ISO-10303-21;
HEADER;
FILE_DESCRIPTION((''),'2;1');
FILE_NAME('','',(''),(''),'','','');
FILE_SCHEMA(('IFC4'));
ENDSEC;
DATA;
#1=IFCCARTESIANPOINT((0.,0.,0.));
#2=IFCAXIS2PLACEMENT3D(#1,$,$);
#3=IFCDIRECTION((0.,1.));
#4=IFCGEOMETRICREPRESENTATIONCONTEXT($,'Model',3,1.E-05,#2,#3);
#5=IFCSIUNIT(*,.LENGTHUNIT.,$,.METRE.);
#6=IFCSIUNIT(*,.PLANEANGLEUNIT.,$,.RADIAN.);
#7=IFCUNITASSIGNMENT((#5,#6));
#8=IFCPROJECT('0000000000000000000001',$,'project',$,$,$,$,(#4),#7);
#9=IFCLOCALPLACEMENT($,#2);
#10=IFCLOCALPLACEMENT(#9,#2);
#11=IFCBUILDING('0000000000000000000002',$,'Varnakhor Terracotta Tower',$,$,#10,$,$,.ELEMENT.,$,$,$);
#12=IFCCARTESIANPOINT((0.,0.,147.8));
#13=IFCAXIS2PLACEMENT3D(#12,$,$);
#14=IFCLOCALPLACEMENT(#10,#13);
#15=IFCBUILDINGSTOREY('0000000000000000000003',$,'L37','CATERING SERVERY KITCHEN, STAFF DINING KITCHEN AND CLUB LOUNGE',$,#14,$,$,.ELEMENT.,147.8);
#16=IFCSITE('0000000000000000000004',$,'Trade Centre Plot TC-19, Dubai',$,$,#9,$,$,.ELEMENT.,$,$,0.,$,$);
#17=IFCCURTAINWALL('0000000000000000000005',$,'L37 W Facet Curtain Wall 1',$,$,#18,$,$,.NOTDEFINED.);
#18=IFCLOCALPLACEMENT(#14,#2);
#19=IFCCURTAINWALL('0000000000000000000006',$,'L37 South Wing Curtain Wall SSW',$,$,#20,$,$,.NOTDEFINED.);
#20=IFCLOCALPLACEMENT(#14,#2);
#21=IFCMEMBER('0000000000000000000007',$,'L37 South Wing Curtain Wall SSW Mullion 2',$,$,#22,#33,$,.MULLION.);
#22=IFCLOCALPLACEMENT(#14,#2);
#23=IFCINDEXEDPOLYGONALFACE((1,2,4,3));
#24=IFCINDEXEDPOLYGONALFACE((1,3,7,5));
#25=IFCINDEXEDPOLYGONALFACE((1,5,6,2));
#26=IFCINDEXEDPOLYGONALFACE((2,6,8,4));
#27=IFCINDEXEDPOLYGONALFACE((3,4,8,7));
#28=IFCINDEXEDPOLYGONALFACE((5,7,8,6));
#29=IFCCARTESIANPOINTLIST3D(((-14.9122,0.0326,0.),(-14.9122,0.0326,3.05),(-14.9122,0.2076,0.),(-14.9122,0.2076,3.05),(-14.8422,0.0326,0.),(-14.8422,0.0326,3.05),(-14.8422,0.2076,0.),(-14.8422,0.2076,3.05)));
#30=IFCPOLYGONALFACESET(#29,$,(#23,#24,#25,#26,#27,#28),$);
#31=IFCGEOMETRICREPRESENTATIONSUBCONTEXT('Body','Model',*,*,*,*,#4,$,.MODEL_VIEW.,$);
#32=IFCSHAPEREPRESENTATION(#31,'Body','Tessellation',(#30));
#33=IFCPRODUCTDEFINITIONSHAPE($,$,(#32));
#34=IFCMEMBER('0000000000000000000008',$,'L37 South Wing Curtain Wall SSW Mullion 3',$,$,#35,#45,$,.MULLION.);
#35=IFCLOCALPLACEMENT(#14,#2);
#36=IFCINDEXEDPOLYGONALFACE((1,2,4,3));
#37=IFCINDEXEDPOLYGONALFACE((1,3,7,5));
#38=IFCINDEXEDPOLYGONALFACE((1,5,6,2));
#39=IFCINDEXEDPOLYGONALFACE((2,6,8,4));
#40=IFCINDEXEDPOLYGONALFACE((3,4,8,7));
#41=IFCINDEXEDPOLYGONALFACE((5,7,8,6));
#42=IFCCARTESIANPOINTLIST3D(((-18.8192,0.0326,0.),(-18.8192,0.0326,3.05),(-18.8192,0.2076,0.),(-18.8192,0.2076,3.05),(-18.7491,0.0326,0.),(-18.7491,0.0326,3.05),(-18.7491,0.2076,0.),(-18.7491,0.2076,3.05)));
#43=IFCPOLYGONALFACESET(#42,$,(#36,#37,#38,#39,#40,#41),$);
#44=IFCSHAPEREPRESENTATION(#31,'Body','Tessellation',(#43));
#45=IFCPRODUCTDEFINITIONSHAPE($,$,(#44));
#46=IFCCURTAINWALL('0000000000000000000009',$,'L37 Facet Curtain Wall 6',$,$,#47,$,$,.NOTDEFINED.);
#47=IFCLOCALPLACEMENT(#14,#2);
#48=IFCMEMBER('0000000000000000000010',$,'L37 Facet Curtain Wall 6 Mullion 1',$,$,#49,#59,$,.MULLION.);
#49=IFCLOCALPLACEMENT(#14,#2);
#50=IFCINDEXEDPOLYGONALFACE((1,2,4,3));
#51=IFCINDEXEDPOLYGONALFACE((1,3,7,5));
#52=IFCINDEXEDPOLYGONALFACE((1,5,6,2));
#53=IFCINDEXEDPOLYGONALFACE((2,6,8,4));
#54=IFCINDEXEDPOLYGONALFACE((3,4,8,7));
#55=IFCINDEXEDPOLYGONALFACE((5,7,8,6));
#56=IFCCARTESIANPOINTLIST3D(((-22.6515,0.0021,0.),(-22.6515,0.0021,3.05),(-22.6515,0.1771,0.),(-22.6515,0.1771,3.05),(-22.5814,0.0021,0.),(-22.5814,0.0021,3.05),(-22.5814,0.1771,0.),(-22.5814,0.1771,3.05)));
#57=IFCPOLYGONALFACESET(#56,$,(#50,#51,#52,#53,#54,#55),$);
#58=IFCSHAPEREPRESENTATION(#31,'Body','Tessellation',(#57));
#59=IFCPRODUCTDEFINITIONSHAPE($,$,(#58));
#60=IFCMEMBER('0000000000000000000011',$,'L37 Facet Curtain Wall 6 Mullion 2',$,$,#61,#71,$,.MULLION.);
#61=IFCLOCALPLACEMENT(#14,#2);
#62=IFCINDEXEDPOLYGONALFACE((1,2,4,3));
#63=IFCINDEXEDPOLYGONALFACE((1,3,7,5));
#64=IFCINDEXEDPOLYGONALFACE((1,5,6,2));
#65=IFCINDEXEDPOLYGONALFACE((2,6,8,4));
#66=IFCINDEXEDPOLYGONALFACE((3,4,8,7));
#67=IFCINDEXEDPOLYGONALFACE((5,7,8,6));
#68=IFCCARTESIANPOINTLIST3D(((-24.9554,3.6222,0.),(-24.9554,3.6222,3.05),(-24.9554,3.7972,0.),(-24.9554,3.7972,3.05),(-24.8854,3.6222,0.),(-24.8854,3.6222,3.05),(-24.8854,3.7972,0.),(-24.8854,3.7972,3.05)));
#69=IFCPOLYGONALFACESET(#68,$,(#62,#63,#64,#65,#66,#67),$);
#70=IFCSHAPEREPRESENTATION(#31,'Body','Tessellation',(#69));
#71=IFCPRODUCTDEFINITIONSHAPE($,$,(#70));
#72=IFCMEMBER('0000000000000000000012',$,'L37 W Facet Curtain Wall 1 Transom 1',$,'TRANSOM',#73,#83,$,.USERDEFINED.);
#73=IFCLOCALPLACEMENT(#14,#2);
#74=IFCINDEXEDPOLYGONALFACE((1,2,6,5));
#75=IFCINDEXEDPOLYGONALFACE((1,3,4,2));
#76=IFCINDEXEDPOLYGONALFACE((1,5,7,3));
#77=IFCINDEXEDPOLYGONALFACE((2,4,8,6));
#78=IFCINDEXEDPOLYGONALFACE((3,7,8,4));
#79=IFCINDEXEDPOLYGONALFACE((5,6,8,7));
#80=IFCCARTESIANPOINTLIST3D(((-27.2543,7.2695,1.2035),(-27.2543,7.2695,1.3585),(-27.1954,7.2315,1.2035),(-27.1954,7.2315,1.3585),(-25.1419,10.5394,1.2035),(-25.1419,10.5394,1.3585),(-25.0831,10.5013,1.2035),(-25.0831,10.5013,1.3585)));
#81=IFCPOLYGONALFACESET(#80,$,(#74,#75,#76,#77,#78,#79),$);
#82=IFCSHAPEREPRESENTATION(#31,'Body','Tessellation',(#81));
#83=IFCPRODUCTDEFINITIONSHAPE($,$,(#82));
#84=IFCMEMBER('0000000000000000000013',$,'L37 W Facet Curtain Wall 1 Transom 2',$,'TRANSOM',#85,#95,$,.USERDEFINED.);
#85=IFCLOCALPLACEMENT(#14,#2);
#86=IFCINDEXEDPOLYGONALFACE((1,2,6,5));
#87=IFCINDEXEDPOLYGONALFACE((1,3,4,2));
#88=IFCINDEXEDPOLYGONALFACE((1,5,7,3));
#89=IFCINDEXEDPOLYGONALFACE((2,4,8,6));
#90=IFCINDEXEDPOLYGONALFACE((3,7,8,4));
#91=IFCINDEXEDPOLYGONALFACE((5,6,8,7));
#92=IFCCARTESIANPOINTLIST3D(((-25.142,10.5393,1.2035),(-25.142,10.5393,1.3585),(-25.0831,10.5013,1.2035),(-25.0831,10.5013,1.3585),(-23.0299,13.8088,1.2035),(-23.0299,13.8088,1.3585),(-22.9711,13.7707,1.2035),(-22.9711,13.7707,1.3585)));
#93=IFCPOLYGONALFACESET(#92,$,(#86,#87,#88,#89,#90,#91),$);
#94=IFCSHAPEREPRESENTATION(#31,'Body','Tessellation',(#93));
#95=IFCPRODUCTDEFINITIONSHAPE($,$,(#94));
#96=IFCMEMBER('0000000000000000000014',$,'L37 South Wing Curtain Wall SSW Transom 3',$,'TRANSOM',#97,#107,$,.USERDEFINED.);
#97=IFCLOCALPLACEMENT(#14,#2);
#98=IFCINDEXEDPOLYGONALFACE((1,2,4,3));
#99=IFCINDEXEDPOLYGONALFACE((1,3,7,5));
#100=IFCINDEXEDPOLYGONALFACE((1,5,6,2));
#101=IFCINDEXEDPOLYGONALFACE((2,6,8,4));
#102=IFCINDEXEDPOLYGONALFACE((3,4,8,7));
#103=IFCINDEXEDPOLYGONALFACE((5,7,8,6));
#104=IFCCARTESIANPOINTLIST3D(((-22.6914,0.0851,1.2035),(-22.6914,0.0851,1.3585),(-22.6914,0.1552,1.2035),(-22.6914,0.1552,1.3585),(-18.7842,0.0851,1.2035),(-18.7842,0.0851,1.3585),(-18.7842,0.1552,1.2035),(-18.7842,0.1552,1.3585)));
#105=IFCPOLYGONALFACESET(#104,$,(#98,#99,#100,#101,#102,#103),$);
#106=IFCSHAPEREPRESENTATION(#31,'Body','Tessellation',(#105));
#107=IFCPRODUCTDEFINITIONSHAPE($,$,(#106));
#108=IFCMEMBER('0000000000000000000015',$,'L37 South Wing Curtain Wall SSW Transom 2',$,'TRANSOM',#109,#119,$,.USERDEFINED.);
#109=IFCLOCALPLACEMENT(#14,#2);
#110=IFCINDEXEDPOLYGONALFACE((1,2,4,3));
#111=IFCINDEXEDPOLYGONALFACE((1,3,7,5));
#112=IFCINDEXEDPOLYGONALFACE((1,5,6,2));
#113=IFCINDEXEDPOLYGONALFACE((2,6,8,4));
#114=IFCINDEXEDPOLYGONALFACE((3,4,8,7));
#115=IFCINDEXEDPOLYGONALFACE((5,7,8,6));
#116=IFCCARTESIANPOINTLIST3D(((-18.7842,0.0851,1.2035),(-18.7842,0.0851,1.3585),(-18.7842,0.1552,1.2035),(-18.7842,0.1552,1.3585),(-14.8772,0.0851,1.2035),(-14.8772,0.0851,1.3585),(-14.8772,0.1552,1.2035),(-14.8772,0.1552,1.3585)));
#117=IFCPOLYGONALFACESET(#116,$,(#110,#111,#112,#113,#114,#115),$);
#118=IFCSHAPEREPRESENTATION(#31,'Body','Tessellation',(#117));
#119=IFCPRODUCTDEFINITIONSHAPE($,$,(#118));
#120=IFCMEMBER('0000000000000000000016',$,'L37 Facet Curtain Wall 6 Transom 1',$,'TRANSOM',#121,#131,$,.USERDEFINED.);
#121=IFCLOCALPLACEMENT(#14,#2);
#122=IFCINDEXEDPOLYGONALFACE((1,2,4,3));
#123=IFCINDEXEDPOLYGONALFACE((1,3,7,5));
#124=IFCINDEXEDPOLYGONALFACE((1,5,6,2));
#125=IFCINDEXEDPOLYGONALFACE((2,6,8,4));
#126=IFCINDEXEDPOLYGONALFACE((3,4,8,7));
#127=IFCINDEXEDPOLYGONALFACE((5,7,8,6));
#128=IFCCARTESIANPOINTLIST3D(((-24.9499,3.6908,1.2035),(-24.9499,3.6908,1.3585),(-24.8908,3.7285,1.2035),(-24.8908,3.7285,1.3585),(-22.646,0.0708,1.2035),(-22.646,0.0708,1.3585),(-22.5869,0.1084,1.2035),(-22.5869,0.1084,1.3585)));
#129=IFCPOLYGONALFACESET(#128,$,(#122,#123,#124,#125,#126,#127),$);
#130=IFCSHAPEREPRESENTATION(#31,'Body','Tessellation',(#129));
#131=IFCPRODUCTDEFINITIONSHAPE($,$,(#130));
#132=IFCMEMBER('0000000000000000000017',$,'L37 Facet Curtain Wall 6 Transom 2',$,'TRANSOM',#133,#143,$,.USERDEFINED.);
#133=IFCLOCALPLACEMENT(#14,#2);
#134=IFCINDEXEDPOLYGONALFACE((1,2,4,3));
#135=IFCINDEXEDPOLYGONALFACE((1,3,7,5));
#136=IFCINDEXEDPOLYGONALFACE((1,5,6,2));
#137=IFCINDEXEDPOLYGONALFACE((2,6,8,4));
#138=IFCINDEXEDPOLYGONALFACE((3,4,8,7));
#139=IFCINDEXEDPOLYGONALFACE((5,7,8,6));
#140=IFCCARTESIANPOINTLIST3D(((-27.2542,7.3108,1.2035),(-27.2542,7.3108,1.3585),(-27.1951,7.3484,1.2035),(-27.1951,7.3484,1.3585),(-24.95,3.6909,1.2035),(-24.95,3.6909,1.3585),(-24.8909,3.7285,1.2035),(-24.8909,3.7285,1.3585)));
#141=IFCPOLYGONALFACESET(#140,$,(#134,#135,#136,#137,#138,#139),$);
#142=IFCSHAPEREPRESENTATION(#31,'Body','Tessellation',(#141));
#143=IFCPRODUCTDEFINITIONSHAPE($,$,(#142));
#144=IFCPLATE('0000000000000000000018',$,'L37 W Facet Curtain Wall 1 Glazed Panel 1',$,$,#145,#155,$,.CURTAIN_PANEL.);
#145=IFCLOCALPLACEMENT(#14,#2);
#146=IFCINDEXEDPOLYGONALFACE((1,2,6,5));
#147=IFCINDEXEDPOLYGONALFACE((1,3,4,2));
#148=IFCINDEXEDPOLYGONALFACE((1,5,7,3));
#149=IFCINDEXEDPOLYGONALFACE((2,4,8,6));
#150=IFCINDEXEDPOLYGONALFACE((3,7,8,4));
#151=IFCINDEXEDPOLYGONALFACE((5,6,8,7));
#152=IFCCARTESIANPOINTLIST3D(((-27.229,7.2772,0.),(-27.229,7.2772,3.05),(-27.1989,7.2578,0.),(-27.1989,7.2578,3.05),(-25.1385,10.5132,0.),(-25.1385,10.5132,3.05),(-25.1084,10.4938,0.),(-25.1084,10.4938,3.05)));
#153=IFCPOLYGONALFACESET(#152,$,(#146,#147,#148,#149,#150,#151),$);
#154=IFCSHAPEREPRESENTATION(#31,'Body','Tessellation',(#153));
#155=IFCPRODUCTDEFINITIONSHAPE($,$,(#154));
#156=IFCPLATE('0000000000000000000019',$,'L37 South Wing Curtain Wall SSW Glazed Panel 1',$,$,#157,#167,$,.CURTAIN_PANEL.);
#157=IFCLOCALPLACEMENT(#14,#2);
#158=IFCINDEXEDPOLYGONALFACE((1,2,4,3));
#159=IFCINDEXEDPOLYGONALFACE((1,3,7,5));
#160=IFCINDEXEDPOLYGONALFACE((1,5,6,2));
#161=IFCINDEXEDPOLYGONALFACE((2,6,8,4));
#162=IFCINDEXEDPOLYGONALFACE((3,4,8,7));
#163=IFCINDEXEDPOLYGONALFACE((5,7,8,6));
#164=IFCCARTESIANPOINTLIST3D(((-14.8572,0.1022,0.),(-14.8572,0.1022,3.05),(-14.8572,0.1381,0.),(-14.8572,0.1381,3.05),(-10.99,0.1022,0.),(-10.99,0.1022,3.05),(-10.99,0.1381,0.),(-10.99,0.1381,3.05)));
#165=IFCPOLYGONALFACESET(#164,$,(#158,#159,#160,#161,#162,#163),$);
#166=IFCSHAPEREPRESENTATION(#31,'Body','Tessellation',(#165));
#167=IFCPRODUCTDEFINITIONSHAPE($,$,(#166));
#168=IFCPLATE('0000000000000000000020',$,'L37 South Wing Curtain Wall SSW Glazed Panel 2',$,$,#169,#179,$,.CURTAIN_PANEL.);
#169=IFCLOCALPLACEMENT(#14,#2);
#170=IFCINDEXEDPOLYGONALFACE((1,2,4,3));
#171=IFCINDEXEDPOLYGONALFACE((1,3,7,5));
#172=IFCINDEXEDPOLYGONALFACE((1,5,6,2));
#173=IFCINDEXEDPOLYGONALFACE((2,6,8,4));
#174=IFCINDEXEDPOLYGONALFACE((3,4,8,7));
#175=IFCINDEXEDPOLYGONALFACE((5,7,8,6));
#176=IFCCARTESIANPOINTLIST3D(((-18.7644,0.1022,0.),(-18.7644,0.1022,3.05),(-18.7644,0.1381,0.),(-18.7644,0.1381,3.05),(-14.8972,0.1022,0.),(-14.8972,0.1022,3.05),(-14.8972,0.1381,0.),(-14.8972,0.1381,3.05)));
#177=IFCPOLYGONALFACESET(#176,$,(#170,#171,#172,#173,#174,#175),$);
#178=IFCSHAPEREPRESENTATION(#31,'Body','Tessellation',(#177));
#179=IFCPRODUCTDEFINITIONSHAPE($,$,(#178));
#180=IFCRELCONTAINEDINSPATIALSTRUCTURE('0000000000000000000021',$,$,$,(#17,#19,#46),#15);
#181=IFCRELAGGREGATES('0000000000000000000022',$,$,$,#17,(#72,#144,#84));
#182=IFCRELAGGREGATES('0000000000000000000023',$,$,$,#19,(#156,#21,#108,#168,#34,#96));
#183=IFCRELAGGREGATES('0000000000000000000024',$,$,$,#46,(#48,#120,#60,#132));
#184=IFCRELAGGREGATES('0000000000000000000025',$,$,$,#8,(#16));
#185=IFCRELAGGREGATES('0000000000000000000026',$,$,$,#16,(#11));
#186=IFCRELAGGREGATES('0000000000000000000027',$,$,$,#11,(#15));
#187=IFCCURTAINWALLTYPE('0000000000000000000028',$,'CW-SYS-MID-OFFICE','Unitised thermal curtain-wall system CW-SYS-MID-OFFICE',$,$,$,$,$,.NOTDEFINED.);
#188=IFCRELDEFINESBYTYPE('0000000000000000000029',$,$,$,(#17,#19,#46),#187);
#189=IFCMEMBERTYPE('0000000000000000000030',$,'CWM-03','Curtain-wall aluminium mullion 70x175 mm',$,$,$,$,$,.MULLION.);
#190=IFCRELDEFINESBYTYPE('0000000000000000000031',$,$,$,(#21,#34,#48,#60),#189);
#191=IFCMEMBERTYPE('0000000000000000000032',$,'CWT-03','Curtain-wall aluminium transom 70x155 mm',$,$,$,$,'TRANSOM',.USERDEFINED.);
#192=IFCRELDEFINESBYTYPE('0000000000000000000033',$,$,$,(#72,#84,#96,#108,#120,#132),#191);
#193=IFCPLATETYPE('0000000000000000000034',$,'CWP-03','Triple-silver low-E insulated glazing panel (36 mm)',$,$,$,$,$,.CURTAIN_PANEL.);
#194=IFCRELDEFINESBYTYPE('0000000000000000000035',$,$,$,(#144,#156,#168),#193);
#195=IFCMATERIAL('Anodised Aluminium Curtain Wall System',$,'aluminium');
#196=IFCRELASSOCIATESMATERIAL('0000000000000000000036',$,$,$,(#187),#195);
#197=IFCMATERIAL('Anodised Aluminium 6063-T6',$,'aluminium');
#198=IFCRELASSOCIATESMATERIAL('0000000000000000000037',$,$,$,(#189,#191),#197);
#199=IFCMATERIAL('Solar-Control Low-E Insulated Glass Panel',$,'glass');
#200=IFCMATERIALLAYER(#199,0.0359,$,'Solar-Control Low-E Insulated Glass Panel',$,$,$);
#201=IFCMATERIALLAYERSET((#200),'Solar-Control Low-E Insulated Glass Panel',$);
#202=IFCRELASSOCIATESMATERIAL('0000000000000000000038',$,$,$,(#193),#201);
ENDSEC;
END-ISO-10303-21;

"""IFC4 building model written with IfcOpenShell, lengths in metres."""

from ifc_helpers import new_model, si_unit, direction, frame, origin, origin_2d, place, context, subcontext, project, spatial, rectangle, extrude, source, transform, mapped, material, layer, layer_set, material_profile, profile_set, type_object, element, aggregate, save


model = new_model("IFC4")

# Units and contexts
model_context = context("Model", 3, precision=1e-05, world=origin(), true_north=direction((0.0, 1.0)))
body_context = subcontext(model_context, "Body", "Model", "MODEL_VIEW")
ifc_project = project(units=[si_unit("LENGTHUNIT", "METRE"), si_unit("PLANEANGLEUNIT", "RADIAN")], contexts=[model_context])

# Site, building, storey
site_placement = place(None, origin())
site = spatial("IfcSite", under=ifc_project, at=site_placement, Name="Trade Centre Plot TC-19, Dubai", CompositionType="ELEMENT", RefElevation=0.0)
building_placement = place(site_placement, origin())
building = spatial("IfcBuilding", under=site, at=building_placement, Name="Varnakhor Terracotta Tower", CompositionType="ELEMENT")
storey_placement = place(building_placement, frame((0.0, 0.0, 147.8)))
storey = spatial("IfcBuildingStorey", under=building, at=storey_placement, Name="L37", Description="CATERING SERVERY KITCHEN, STAFF DINING KITCHEN AND CLUB LOUNGE", CompositionType="ELEMENT", Elevation=147.8)

# Curtain walls, members
ifc_material_1 = material(Name="Anodised Aluminium Curtain Wall System", Category="aluminium")
curtain_wall_type = type_object("IfcCurtainWallType", Name="CW-SYS-MID-OFFICE", Description="Unitised thermal curtain-wall system CW-SYS-MID-OFFICE", PredefinedType="NOTDEFINED", material=ifc_material_1)
curtain_wall_1_placement = place(storey_placement, origin())
curtain_wall_1 = element("IfcCurtainWall", 1, at=curtain_wall_1_placement, inside=storey, type_object=curtain_wall_type, Name="L37 W Facet Curtain Wall 1", PredefinedType="NOTDEFINED")
ifc_material_2 = material(Name="Anodised Aluminium 6063-T6", Category="aluminium")
ifc_material_profile_1 = material_profile(ifc_material_2, rectangle(XDim=0.0701, YDim=0.175, at=origin_2d()), Name="ALU MULLION 70x175")
ifc_profile_set_1 = profile_set([ifc_material_profile_1], Name="Anodised Aluminium 6063-T6")
member_type_1 = type_object("IfcMemberType", Name="CWM-03", Description="Curtain-wall aluminium mullion 70x175 mm", PredefinedType="MULLION", material=ifc_profile_set_1)
shared_shape_1 = source(origin(), body_context, "Body", "SweptSolid", [
    extrude(rectangle(XDim=0.0701, YDim=0.175, at=origin_2d()), origin(), (0.0, 0.0, 1.0), 3.05),
])
curtain_wall_2_placement = place(storey_placement, origin())
curtain_wall_2 = element("IfcCurtainWall", 2, at=curtain_wall_2_placement, inside=storey, type_object=curtain_wall_type, Name="L37 South Wing Curtain Wall SSW", PredefinedType="NOTDEFINED")
member_1_placement = place(storey_placement, frame((-14.8772, 0.1201, 0.0), z_axis=(0.0, 0.0, 1.0), x_axis=(1.0, 0.0, 0.0)))
member_1 = element("IfcMember", 3, at=member_1_placement, type_object=member_type_1, Name="L37 South Wing Curtain Wall SSW Mullion 2", PredefinedType="MULLION", context=body_context, shape_type="MappedRepresentation", body=[
    mapped(shared_shape_1, transform((0.0, 0.0, 0.0), scale=1.0)),
])
member_2_placement = place(storey_placement, frame((-18.7842, 0.1201, 0.0), z_axis=(0.0, 0.0, 1.0), x_axis=(1.0, 0.0, 0.0)))
member_2 = element("IfcMember", 4, at=member_2_placement, type_object=member_type_1, Name="L37 South Wing Curtain Wall SSW Mullion 3", PredefinedType="MULLION", context=body_context, shape_type="MappedRepresentation", body=[
    mapped(shared_shape_1, transform((0.0, 0.0, 0.0), scale=1.0)),
])
curtain_wall_3_placement = place(storey_placement, origin())
curtain_wall_3 = element("IfcCurtainWall", 5, at=curtain_wall_3_placement, inside=storey, type_object=curtain_wall_type, Name="L37 Facet Curtain Wall 6", PredefinedType="NOTDEFINED")
member_3_placement = place(storey_placement, frame((-22.6165, 0.0896, 0.0), z_axis=(0.0, 0.0, 1.0), x_axis=(1.0, 0.0, 0.0)))
member_3 = element("IfcMember", 6, at=member_3_placement, type_object=member_type_1, Name="L37 Facet Curtain Wall 6 Mullion 1", PredefinedType="MULLION", context=body_context, shape_type="MappedRepresentation", body=[
    mapped(shared_shape_1, transform((0.0, 0.0, 0.0), scale=1.0)),
])
member_4_placement = place(storey_placement, frame((-24.9204, 3.7097, 0.0), z_axis=(0.0, 0.0, 1.0), x_axis=(1.0, 0.0, 0.0)))
member_4 = element("IfcMember", 7, at=member_4_placement, type_object=member_type_1, Name="L37 Facet Curtain Wall 6 Mullion 2", PredefinedType="MULLION", context=body_context, shape_type="MappedRepresentation", body=[
    mapped(shared_shape_1, transform((0.0, 0.0, 0.0), scale=1.0)),
])

# Members
ifc_material_profile_2 = material_profile(ifc_material_2, rectangle(XDim=0.0701, YDim=0.155, at=origin_2d()), Name="ALU TRANSOM 70x155")
ifc_profile_set_2 = profile_set([ifc_material_profile_2], Name="Anodised Aluminium 6063-T6")
member_type_2 = type_object("IfcMemberType", Name="CWT-03", Description="Curtain-wall aluminium transom 70x155 mm", ElementType="TRANSOM", PredefinedType="USERDEFINED", material=ifc_profile_set_2)
shared_shape_2 = source(origin(), body_context, "Body", "SweptSolid", [
    extrude(rectangle(XDim=0.0701, YDim=0.155, at=origin_2d()), origin(), (0.0, 0.0, 1.0), 3.8928),
])
member_5_placement = place(storey_placement, frame((-27.2249, 7.2505, 1.281), z_axis=(0.54263, 0.839972, 0.0), x_axis=(-0.839972, 0.54263, 0.0)))
member_5 = element("IfcMember", 8, at=member_5_placement, type_object=member_type_2, Name="L37 W Facet Curtain Wall 1 Transom 1", ObjectType="TRANSOM", PredefinedType="USERDEFINED", context=body_context, shape_type="MappedRepresentation", body=[
    mapped(shared_shape_2, transform((0.0, 0.0, 0.0), scale=1.0)),
])
shared_shape_3 = source(origin(), body_context, "Body", "SweptSolid", [
    extrude(rectangle(XDim=0.0701, YDim=0.155, at=origin_2d()), origin(), (0.0, 0.0, 1.0), 3.8923),
])
member_6_placement = place(storey_placement, frame((-25.1125, 10.5203, 1.281), z_axis=(0.542614, 0.839982, 0.0), x_axis=(-0.839982, 0.542614, 0.0)))
member_6 = element("IfcMember", 9, at=member_6_placement, type_object=member_type_2, Name="L37 W Facet Curtain Wall 1 Transom 2", ObjectType="TRANSOM", PredefinedType="USERDEFINED", context=body_context, shape_type="MappedRepresentation", body=[
    mapped(shared_shape_3, transform((0.0, 0.0, 0.0), scale=1.0)),
])
shared_shape_4 = source(origin(), body_context, "Body", "SweptSolid", [
    extrude(rectangle(XDim=0.0701, YDim=0.155, at=origin_2d()), origin(), (0.0, 0.0, 1.0), 3.9072),
])
member_7_placement = place(storey_placement, frame((-18.7842, 0.1201, 1.281), z_axis=(-1.0, 0.0, 0.0), x_axis=(0.0, -1.0, 0.0)))
member_7 = element("IfcMember", 10, at=member_7_placement, type_object=member_type_2, Name="L37 South Wing Curtain Wall SSW Transom 3", ObjectType="TRANSOM", PredefinedType="USERDEFINED", context=body_context, shape_type="MappedRepresentation", body=[
    mapped(shared_shape_4, transform((0.0, 0.0, 0.0), scale=1.0)),
])
shared_shape_5 = source(origin(), body_context, "Body", "SweptSolid", [
    extrude(rectangle(XDim=0.0701, YDim=0.155, at=origin_2d()), origin(), (0.0, 0.0, 1.0), 3.907),
])
member_8_placement = place(storey_placement, frame((-14.8772, 0.1201, 1.281), z_axis=(-1.0, 0.0, 0.0), x_axis=(0.0, -1.0, 0.0)))
member_8 = element("IfcMember", 11, at=member_8_placement, type_object=member_type_2, Name="L37 South Wing Curtain Wall SSW Transom 2", ObjectType="TRANSOM", PredefinedType="USERDEFINED", context=body_context, shape_type="MappedRepresentation", body=[
    mapped(shared_shape_5, transform((0.0, 0.0, 0.0), scale=1.0)),
])
shared_shape_6 = source(origin(), body_context, "Body", "SweptSolid", [
    extrude(rectangle(XDim=0.0701, YDim=0.155, at=origin_2d()), origin(), (0.0, 0.0, 1.0), 4.291),
])
member_9_placement = place(storey_placement, frame((-22.6165, 0.0896, 1.281), z_axis=(-0.536916, 0.843636, 0.0), x_axis=(-0.843636, -0.536916, 0.0)))
member_9 = element("IfcMember", 12, at=member_9_placement, type_object=member_type_2, Name="L37 Facet Curtain Wall 6 Transom 1", ObjectType="TRANSOM", PredefinedType="USERDEFINED", context=body_context, shape_type="MappedRepresentation", body=[
    mapped(shared_shape_6, transform((0.0, 0.0, 0.0), scale=1.0)),
])
member_10_placement = place(storey_placement, frame((-24.9204, 3.7097, 1.281), z_axis=(-0.536982, 0.843594, 0.0), x_axis=(-0.843594, -0.536982, 0.0)))
member_10 = element("IfcMember", 13, at=member_10_placement, type_object=member_type_2, Name="L37 Facet Curtain Wall 6 Transom 2", ObjectType="TRANSOM", PredefinedType="USERDEFINED", context=body_context, shape_type="MappedRepresentation", body=[
    mapped(shared_shape_6, transform((0.0, 0.0, 0.0), scale=1.0)),
])

# Plates
ifc_material_3 = material(Name="Solar-Control Low-E Insulated Glass Panel", Category="glass")
ifc_layer_1 = layer(ifc_material_3, 0.0359, Name="Solar-Control Low-E Insulated Glass Panel")
ifc_layer_set_1 = layer_set([ifc_layer_1], Name="Solar-Control Low-E Insulated Glass Panel")
plate_type = type_object("IfcPlateType", Name="CWP-03", Description="Triple-silver low-E insulated glazing panel (36 mm)", PredefinedType="CURTAIN_PANEL", material=ifc_layer_set_1)
shared_shape_7 = source(origin(), body_context, "Body", "SweptSolid", [
    extrude(rectangle(XDim=3.8525, YDim=0.0359, at=origin_2d()), origin(), (0.0, 0.0, 1.0), 3.05),
])
plate_1_placement = place(storey_placement, frame((-26.1687, 8.8855, 0.0), z_axis=(0.0, 0.0, 1.0), x_axis=(0.542632, 0.83997, 0.0)))
plate_1 = element("IfcPlate", 14, at=plate_1_placement, type_object=plate_type, Name="L37 W Facet Curtain Wall 1 Glazed Panel 1", PredefinedType="CURTAIN_PANEL", context=body_context, shape_type="MappedRepresentation", body=[
    mapped(shared_shape_7, transform((0.0, 0.0, 0.0), scale=1.0)),
])
aggregate(curtain_wall_1, [member_5, plate_1, member_6])
shared_shape_8 = source(origin(), body_context, "Body", "SweptSolid", [
    extrude(rectangle(XDim=3.8672, YDim=0.0359, at=origin_2d()), origin(), (0.0, 0.0, 1.0), 3.05),
])
plate_2_placement = place(storey_placement, frame((-12.9236, 0.1201, 0.0), z_axis=(0.0, 0.0, 1.0), x_axis=(-1.0, 0.0, 0.0)))
plate_2 = element("IfcPlate", 15, at=plate_2_placement, type_object=plate_type, Name="L37 South Wing Curtain Wall SSW Glazed Panel 1", PredefinedType="CURTAIN_PANEL", context=body_context, shape_type="MappedRepresentation", body=[
    mapped(shared_shape_8, transform((0.0, 0.0, 0.0), scale=1.0)),
])
plate_3_placement = place(storey_placement, frame((-16.8308, 0.1201, 0.0), z_axis=(0.0, 0.0, 1.0), x_axis=(-1.0, 0.0, 0.0)))
plate_3 = element("IfcPlate", 16, at=plate_3_placement, type_object=plate_type, Name="L37 South Wing Curtain Wall SSW Glazed Panel 2", PredefinedType="CURTAIN_PANEL", context=body_context, shape_type="MappedRepresentation", body=[
    mapped(shared_shape_8, transform((0.0, 0.0, 0.0), scale=1.0)),
])
aggregate(curtain_wall_2, [plate_2, member_1, member_8, plate_3, member_2, member_7])
aggregate(curtain_wall_3, [member_3, member_9, member_4, member_10])

save(model, "model.ifc")
